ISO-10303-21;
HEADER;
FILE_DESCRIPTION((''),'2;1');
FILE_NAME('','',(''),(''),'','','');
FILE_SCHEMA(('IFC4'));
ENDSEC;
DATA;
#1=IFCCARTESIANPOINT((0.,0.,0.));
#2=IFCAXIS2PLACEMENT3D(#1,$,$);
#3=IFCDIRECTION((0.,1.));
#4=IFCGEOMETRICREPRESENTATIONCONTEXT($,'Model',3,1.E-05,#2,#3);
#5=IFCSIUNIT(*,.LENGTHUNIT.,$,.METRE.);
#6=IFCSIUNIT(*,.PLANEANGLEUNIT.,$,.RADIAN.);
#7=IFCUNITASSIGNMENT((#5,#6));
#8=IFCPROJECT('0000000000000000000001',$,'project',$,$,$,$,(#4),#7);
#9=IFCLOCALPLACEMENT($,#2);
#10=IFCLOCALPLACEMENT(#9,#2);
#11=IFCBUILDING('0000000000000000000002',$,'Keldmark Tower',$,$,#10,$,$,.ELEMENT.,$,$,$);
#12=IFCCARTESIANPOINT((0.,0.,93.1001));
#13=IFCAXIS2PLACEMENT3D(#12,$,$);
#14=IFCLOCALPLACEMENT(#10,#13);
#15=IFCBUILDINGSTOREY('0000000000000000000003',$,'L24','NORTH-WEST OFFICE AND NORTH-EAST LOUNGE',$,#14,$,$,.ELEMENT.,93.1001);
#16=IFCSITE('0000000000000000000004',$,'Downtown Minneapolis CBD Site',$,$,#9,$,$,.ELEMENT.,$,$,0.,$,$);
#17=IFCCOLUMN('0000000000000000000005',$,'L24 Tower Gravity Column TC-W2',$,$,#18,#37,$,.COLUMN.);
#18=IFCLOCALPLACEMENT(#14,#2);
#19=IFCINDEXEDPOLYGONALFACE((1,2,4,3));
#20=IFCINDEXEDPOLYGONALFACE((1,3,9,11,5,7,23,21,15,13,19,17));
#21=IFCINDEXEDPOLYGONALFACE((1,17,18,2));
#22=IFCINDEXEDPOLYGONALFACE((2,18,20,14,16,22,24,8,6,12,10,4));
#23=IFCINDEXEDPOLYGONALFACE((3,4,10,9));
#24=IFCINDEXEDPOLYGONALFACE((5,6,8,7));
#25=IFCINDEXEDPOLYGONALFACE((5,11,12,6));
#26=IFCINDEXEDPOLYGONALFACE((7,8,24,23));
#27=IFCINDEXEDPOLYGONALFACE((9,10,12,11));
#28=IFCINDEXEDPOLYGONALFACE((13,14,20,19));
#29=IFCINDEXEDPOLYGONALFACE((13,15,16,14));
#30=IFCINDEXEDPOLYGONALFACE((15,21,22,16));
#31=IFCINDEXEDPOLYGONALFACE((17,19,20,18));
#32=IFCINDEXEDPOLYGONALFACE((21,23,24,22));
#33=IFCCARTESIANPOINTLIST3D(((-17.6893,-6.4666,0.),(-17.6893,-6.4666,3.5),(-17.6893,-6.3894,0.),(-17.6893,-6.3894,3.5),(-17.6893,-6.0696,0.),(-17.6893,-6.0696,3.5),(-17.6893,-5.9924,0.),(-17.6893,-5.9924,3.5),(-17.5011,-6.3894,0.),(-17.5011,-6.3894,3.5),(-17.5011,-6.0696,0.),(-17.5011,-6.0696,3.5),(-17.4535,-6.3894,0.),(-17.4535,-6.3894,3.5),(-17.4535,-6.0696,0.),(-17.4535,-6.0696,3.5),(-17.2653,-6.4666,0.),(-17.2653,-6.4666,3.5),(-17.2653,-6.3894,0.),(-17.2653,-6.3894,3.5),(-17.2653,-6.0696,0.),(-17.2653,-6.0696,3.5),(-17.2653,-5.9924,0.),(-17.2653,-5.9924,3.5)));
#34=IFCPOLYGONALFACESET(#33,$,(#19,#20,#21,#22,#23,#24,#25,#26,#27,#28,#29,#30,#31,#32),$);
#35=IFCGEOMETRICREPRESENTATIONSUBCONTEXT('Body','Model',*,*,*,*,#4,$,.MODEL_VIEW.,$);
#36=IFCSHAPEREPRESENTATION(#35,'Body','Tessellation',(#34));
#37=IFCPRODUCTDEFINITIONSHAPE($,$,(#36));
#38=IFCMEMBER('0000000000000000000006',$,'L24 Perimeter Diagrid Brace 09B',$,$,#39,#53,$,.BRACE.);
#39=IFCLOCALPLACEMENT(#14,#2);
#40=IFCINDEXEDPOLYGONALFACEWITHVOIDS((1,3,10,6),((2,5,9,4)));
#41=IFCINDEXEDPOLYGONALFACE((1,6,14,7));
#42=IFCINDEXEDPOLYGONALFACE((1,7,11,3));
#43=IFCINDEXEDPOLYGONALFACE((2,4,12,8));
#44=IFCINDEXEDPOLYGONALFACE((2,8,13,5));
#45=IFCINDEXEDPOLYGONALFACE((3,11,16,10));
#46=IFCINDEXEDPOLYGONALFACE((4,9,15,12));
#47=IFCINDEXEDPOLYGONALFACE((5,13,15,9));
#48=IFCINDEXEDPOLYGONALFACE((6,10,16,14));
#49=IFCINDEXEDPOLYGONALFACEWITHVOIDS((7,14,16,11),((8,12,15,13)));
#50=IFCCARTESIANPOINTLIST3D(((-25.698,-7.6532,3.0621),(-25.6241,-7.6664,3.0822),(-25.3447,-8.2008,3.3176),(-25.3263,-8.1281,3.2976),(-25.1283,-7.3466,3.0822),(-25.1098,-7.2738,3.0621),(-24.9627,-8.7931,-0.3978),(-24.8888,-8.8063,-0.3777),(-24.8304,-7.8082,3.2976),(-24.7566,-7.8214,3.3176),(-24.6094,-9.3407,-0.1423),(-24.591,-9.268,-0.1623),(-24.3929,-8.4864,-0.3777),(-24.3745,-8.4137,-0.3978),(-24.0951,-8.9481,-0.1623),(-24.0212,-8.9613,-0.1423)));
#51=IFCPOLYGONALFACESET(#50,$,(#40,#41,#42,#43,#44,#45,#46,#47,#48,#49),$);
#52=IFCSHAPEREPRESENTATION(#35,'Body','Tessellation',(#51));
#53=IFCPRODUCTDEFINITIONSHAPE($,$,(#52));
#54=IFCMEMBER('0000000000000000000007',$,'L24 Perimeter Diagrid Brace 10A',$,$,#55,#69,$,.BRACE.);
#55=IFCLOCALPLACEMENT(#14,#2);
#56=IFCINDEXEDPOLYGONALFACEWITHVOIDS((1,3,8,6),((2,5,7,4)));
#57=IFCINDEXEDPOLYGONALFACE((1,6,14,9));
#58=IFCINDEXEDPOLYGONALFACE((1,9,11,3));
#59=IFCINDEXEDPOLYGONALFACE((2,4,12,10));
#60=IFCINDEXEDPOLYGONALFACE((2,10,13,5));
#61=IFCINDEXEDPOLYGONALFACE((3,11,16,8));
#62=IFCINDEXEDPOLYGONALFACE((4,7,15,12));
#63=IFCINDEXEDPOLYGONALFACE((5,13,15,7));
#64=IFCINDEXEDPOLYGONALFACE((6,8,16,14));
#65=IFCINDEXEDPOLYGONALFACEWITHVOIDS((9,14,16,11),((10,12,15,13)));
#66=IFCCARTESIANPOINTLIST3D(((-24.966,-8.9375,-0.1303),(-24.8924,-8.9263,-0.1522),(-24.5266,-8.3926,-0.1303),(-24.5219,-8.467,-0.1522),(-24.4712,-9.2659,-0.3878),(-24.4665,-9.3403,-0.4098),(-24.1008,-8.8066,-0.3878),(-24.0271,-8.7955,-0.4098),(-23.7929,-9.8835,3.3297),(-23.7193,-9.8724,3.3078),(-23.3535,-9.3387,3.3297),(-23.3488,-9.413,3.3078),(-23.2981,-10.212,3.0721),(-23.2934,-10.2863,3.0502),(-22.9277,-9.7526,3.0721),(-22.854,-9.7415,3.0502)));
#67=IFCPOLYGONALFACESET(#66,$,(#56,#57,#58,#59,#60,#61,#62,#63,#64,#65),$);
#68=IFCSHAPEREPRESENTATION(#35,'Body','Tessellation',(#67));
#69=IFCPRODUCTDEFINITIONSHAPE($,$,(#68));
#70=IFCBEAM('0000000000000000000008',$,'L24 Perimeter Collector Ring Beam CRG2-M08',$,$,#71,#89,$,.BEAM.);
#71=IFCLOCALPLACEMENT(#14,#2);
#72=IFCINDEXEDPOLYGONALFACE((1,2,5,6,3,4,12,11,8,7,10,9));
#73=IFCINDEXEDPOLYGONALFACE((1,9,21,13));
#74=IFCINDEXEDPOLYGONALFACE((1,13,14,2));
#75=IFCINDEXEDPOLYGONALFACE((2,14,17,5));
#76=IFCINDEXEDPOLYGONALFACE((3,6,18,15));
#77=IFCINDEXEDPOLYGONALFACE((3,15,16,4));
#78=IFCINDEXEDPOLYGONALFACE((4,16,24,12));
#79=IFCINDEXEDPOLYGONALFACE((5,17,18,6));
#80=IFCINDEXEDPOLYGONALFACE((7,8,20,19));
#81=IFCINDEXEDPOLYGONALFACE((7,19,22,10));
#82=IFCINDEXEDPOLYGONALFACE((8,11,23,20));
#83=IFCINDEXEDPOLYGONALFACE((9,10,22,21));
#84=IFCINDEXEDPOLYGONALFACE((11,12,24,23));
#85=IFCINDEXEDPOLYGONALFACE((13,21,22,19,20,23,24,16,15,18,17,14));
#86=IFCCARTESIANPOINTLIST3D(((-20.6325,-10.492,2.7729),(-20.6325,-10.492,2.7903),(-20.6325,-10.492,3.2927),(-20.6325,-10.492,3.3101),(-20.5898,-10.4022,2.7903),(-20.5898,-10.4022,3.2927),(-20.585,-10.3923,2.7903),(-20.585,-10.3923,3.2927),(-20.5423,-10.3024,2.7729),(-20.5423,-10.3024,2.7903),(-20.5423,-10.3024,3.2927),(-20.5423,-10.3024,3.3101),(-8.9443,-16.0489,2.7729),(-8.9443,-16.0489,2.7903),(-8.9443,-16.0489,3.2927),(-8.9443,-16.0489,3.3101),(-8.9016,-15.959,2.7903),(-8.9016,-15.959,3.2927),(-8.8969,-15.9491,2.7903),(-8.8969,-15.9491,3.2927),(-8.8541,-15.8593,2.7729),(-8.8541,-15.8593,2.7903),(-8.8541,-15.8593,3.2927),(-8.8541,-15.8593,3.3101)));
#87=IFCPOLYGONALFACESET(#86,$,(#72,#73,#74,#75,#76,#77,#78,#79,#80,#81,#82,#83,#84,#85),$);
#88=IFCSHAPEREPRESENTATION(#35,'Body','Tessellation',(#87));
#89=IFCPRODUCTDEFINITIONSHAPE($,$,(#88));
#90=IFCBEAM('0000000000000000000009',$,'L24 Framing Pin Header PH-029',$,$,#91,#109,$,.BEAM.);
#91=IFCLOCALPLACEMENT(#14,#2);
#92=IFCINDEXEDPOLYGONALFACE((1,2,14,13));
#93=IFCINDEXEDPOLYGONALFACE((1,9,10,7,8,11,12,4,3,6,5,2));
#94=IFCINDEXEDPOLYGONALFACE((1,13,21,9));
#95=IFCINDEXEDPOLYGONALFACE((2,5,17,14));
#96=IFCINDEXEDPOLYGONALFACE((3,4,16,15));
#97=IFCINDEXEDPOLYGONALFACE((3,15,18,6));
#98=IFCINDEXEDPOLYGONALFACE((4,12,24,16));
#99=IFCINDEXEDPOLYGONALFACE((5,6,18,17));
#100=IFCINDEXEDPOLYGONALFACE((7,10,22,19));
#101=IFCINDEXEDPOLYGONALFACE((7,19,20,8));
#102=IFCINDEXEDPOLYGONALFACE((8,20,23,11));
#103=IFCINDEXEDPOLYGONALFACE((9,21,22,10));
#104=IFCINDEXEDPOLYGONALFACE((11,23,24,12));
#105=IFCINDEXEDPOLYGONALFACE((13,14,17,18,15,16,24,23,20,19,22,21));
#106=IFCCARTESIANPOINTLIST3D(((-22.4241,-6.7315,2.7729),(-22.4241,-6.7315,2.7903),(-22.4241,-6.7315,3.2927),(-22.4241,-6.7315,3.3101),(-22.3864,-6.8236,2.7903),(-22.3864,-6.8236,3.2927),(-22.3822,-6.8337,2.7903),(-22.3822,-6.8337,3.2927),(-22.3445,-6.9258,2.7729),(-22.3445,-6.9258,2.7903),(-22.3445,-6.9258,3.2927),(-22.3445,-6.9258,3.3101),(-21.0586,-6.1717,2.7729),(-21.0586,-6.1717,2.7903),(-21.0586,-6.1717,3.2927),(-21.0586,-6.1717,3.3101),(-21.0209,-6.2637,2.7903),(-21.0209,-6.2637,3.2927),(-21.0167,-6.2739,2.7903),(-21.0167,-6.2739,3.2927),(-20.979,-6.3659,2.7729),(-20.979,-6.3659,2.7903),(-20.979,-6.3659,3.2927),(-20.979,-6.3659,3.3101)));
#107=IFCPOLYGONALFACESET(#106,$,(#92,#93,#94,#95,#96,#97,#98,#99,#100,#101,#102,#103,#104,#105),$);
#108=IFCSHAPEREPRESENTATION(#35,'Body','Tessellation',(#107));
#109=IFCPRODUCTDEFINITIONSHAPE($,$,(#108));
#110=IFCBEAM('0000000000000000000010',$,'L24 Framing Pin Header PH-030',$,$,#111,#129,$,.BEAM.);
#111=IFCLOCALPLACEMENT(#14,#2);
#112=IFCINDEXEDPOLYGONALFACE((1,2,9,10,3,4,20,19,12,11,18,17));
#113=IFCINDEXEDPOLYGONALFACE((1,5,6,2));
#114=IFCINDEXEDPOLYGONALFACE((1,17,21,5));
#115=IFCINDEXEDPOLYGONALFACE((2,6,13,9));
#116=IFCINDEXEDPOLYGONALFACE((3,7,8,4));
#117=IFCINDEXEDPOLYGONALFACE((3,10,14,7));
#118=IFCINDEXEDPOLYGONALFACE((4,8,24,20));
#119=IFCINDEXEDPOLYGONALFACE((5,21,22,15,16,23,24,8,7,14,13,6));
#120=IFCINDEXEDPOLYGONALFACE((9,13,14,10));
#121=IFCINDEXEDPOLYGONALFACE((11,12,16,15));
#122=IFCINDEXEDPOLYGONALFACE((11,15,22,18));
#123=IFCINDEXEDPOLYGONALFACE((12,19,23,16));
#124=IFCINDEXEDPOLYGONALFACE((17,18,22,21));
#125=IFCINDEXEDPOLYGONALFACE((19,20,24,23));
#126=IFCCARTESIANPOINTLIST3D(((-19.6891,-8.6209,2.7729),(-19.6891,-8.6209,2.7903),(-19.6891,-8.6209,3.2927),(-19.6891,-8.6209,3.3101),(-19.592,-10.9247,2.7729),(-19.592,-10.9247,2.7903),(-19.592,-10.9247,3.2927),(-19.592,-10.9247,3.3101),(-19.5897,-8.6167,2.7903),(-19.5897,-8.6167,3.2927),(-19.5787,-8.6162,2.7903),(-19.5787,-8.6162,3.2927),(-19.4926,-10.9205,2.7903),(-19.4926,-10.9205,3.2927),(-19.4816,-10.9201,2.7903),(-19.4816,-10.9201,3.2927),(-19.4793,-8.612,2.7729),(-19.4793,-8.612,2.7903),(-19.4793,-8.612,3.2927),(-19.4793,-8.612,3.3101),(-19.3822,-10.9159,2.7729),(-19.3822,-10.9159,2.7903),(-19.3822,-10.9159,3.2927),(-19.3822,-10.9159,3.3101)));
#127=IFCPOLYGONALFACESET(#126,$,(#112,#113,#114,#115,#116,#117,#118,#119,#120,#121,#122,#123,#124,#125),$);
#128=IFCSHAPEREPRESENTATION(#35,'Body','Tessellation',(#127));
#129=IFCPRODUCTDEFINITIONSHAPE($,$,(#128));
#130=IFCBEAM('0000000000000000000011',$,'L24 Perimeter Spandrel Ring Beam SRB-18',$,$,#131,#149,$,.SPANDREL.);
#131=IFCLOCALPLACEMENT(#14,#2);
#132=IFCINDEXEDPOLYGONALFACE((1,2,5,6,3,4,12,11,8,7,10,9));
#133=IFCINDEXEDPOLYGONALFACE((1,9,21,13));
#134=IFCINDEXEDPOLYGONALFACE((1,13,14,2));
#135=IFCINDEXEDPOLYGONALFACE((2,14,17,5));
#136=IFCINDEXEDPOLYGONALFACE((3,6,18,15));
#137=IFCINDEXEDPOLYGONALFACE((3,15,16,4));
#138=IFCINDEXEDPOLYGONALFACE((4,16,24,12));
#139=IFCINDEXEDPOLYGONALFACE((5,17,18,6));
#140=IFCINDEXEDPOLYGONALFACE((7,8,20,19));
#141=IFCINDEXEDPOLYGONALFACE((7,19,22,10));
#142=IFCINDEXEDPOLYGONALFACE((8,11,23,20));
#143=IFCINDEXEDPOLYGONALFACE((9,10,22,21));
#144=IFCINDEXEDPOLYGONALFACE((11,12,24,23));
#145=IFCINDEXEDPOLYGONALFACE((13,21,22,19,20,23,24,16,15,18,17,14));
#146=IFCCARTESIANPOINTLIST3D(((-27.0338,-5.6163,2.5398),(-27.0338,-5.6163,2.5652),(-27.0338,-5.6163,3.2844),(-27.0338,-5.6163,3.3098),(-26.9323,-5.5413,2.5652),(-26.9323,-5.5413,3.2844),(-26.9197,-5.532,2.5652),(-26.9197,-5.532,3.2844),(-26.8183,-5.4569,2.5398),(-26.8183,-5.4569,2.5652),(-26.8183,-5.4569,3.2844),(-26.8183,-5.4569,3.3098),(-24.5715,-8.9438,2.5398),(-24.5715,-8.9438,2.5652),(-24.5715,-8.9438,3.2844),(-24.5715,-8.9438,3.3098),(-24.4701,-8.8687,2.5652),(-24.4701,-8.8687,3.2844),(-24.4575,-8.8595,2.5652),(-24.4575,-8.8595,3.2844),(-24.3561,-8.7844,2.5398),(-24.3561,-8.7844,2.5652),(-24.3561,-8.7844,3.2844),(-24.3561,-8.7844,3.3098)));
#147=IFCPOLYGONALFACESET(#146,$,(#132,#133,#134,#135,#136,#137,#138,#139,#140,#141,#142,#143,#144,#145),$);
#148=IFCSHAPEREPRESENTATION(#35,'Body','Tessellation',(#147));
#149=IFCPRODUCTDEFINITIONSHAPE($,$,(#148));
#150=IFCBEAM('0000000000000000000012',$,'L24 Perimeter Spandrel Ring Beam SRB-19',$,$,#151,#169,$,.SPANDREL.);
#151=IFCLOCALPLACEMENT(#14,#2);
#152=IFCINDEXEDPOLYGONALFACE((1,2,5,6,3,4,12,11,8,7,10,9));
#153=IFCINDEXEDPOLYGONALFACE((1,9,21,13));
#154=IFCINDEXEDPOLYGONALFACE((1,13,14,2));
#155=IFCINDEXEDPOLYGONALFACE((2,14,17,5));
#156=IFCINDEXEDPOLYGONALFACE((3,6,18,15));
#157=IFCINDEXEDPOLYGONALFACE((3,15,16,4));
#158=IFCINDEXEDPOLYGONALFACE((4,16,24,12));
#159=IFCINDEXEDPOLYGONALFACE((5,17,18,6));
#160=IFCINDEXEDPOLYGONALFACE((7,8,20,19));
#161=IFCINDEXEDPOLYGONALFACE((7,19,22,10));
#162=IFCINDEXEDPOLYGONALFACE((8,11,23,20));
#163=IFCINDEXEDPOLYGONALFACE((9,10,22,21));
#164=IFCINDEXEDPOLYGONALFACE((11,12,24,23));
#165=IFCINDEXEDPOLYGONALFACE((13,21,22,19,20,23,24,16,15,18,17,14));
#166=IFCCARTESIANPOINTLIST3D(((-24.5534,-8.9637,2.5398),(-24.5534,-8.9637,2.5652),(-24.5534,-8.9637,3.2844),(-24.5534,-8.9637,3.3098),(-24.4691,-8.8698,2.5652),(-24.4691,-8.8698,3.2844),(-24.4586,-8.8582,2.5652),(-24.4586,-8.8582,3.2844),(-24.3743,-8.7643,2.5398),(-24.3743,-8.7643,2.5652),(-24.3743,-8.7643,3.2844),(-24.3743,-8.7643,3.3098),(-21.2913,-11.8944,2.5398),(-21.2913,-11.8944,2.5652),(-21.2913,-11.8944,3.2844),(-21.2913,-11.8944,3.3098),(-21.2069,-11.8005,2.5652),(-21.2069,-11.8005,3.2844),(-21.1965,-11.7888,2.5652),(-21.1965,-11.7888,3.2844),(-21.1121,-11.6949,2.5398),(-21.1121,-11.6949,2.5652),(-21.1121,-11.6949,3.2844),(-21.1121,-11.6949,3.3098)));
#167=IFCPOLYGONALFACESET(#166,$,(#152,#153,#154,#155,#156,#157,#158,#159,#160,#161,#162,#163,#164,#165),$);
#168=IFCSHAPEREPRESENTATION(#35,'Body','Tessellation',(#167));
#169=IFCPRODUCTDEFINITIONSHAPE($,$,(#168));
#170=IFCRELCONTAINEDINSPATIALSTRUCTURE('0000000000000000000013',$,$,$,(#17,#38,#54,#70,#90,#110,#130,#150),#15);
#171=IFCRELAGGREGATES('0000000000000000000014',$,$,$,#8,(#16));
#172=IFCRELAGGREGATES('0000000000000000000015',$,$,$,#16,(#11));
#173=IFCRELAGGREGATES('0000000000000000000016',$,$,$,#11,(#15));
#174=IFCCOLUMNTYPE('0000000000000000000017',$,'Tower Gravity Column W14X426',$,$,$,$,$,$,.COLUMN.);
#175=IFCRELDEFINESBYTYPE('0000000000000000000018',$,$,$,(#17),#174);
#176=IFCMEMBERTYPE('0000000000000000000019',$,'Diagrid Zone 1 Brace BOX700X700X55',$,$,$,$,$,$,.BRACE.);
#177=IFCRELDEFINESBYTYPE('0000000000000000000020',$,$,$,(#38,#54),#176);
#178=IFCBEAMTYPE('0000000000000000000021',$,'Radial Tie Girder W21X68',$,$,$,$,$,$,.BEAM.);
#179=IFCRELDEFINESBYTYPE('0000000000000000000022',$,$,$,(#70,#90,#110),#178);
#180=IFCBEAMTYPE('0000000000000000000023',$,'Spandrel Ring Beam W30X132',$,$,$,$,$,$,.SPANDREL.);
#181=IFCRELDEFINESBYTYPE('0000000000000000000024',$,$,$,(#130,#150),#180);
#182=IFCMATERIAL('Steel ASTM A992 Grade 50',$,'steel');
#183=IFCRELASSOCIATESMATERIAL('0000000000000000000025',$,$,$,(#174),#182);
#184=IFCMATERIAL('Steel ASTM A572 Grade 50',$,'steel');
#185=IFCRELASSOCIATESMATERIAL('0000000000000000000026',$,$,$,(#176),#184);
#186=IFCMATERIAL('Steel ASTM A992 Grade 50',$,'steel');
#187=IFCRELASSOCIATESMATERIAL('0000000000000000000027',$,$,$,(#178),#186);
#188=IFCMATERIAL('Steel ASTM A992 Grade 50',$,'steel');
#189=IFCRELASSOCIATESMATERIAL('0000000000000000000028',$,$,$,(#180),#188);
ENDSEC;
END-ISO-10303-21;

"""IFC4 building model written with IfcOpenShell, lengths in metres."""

from ifc_helpers import new_model, si_unit, direction, frame, origin, origin_2d, place, context, subcontext, project, spatial, hollow_rectangle, i_section, extrude, material, material_profile, profile_set, type_object, element, save


model = new_model("IFC4")

# Units and contexts
model_context = context("Model", 3, precision=1e-05, world=origin(), true_north=direction((0.0, 1.0)))
body_context = subcontext(model_context, "Body", "Model", "MODEL_VIEW")
ifc_project = project(units=[si_unit("LENGTHUNIT", "METRE"), si_unit("PLANEANGLEUNIT", "RADIAN")], contexts=[model_context])

# Site, building, storey
site_placement = place(None, origin())
site = spatial("IfcSite", under=ifc_project, at=site_placement, Name="Downtown Minneapolis CBD Site", CompositionType="ELEMENT", RefElevation=0.0)
building_placement = place(site_placement, origin())
building = spatial("IfcBuilding", under=site, at=building_placement, Name="Keldmark Tower", CompositionType="ELEMENT")
storey_placement = place(building_placement, frame((0.0, 0.0, 93.1001)))
storey = spatial("IfcBuildingStorey", under=building, at=storey_placement, Name="L24", Description="NORTH-WEST OFFICE AND NORTH-EAST LOUNGE", CompositionType="ELEMENT", Elevation=93.1001)

# Column
ifc_material_1 = material(Name="Steel ASTM A992 Grade 50", Category="steel")
ifc_material_profile_1 = material_profile(ifc_material_1, i_section(OverallWidth=0.4241, OverallDepth=0.4741, WebThickness=0.0476, FlangeThickness=0.0771, at=origin_2d()), Name="W14X426")
ifc_profile_set_1 = profile_set([ifc_material_profile_1], Name="Steel ASTM A992 Grade 50")
column_type = type_object("IfcColumnType", Name="Tower Gravity Column W14X426", PredefinedType="COLUMN", material=ifc_profile_set_1)
column_placement = place(storey_placement, frame((-17.4773, -6.2295, 0.0), z_axis=(0.0, 0.0, 1.0), x_axis=(1.0, 0.0, 0.0)))
element("IfcColumn", 1, at=column_placement, inside=storey, type_object=column_type, Name="L24 Tower Gravity Column TC-W2", PredefinedType="COLUMN", context=body_context, shape_type="SweptSolid", body=[
    extrude(i_section(OverallWidth=0.4241, OverallDepth=0.4741, WebThickness=0.0476, FlangeThickness=0.0771, at=origin_2d()), origin(), (0.0, 0.0, 1.0), 3.5),
])

# Members
ifc_material_2 = material(Name="Steel ASTM A572 Grade 50", Category="steel")
ifc_material_profile_2 = material_profile(ifc_material_2, hollow_rectangle(XDim=0.7, YDim=0.7, WallThickness=0.0549, at=origin_2d()), Name="BOX700X700X55")
ifc_profile_set_2 = profile_set([ifc_material_profile_2], Name="Steel ASTM A572 Grade 50")
member_type = type_object("IfcMemberType", Name="Diagrid Zone 1 Brace BOX700X700X55", PredefinedType="BRACE", material=ifc_profile_set_2)
member_1_placement = place(storey_placement, frame((-24.4919, -8.8772, -0.27), z_axis=(-0.197868, 0.306722, 0.931005), x_axis=(-0.840318, -0.542094, 0.0)))
element("IfcMember", 2, at=member_1_placement, inside=storey, type_object=member_type, Name="L24 Perimeter Diagrid Brace 09B", PredefinedType="BRACE", context=body_context, shape_type="SweptSolid", body=[
    extrude(hollow_rectangle(XDim=0.7, YDim=0.7, WallThickness=0.0549, at=origin_2d()), origin(), (0.0, 0.0, 1.0), 3.7163),
])
member_2_placement = place(storey_placement, frame((-24.4966, -8.8665, -0.27), z_axis=(0.310843, -0.25068, 0.916808), x_axis=(0.627752, 0.778413, 0.0)))
element("IfcMember", 3, at=member_2_placement, inside=storey, type_object=member_type, Name="L24 Perimeter Diagrid Brace 10A", PredefinedType="BRACE", context=body_context, shape_type="SweptSolid", body=[
    extrude(hollow_rectangle(XDim=0.7, YDim=0.7, WallThickness=0.0549, at=origin_2d()), origin(), (0.0, 0.0, 1.0), 3.7739),
])

# Beams
ifc_material_3 = material(Name="Steel ASTM A992 Grade 50", Category="steel")
ifc_material_profile_3 = material_profile(ifc_material_3, i_section(OverallWidth=0.21, OverallDepth=0.5371, WebThickness=0.011, FlangeThickness=0.0173, at=origin_2d()), Name="W21X68")
ifc_profile_set_3 = profile_set([ifc_material_profile_3], Name="Steel ASTM A992 Grade 50")
beam_type_1 = type_object("IfcBeamType", Name="Radial Tie Girder W21X68", PredefinedType="BEAM", material=ifc_profile_set_3)
beam_1_placement = place(storey_placement, frame((-20.5874, -10.3972, 3.0415), z_axis=(0.903128, -0.42937, 0.0), x_axis=(0.42937, 0.903128, 0.0)))
element("IfcBeam", 4, at=beam_1_placement, inside=storey, type_object=beam_type_1, Name="L24 Perimeter Collector Ring Beam CRG2-M08", PredefinedType="BEAM", context=body_context, shape_type="SweptSolid", body=[
    extrude(i_section(OverallWidth=0.21, OverallDepth=0.5371, WebThickness=0.011, FlangeThickness=0.0173, at=origin_2d()), origin(), (0.0, 0.0, 1.0), 12.9419),
])
beam_2_placement = place(storey_placement, frame((-21.0188, -6.2688, 3.0415), z_axis=(-0.925259, -0.379335, 0.0), x_axis=(0.379335, -0.925259, 0.0)))
element("IfcBeam", 5, at=beam_2_placement, inside=storey, type_object=beam_type_1, Name="L24 Framing Pin Header PH-029", PredefinedType="BEAM", context=body_context, shape_type="SweptSolid", body=[
    extrude(i_section(OverallWidth=0.21, OverallDepth=0.5371, WebThickness=0.011, FlangeThickness=0.0173, at=origin_2d()), origin(), (0.0, 0.0, 1.0), 1.4758),
])
beam_3_placement = place(storey_placement, frame((-19.5842, -8.6165, 3.0415), z_axis=(0.042137, -0.999112, 0.0), x_axis=(0.999112, 0.042137, 0.0)))
element("IfcBeam", 6, at=beam_3_placement, inside=storey, type_object=beam_type_1, Name="L24 Framing Pin Header PH-030", PredefinedType="BEAM", context=body_context, shape_type="SweptSolid", body=[
    extrude(i_section(OverallWidth=0.21, OverallDepth=0.5371, WebThickness=0.011, FlangeThickness=0.0173, at=origin_2d()), origin(), (0.0, 0.0, 1.0), 2.3059),
])
ifc_material_4 = material(Name="Steel ASTM A992 Grade 50", Category="steel")
ifc_material_profile_4 = material_profile(ifc_material_4, i_section(OverallWidth=0.2681, OverallDepth=0.77, WebThickness=0.0156, FlangeThickness=0.0254, at=origin_2d()), Name="W30X132")
ifc_profile_set_4 = profile_set([ifc_material_profile_4], Name="Steel ASTM A992 Grade 50")
beam_type_2 = type_object("IfcBeamType", Name="Spandrel Ring Beam W30X132", PredefinedType="SPANDREL", material=ifc_profile_set_4)
beam_4_placement = place(storey_placement, frame((-26.926, -5.5366, 2.9248), z_axis=(0.594825, -0.803855, 0.0), x_axis=(0.803855, 0.594825, 0.0)))
element("IfcBeam", 7, at=beam_4_placement, inside=storey, type_object=beam_type_2, Name="L24 Perimeter Spandrel Ring Beam SRB-18", PredefinedType="SPANDREL", context=body_context, shape_type="SweptSolid", body=[
    extrude(i_section(OverallWidth=0.2681, OverallDepth=0.77, WebThickness=0.0156, FlangeThickness=0.0254, at=origin_2d()), origin(), (0.0, 0.0, 1.0), 4.1394),
])
beam_5_placement = place(storey_placement, frame((-24.4639, -8.864, 2.9248), z_axis=(0.743897, -0.668294, 0.0), x_axis=(0.668294, 0.743897, 0.0)))
element("IfcBeam", 8, at=beam_5_placement, inside=storey, type_object=beam_type_2, Name="L24 Perimeter Spandrel Ring Beam SRB-19", PredefinedType="SPANDREL", context=body_context, shape_type="SweptSolid", body=[
    extrude(i_section(OverallWidth=0.2681, OverallDepth=0.77, WebThickness=0.0156, FlangeThickness=0.0254, at=origin_2d()), origin(), (0.0, 0.0, 1.0), 4.3853),
])

save(model, "model.ifc")
